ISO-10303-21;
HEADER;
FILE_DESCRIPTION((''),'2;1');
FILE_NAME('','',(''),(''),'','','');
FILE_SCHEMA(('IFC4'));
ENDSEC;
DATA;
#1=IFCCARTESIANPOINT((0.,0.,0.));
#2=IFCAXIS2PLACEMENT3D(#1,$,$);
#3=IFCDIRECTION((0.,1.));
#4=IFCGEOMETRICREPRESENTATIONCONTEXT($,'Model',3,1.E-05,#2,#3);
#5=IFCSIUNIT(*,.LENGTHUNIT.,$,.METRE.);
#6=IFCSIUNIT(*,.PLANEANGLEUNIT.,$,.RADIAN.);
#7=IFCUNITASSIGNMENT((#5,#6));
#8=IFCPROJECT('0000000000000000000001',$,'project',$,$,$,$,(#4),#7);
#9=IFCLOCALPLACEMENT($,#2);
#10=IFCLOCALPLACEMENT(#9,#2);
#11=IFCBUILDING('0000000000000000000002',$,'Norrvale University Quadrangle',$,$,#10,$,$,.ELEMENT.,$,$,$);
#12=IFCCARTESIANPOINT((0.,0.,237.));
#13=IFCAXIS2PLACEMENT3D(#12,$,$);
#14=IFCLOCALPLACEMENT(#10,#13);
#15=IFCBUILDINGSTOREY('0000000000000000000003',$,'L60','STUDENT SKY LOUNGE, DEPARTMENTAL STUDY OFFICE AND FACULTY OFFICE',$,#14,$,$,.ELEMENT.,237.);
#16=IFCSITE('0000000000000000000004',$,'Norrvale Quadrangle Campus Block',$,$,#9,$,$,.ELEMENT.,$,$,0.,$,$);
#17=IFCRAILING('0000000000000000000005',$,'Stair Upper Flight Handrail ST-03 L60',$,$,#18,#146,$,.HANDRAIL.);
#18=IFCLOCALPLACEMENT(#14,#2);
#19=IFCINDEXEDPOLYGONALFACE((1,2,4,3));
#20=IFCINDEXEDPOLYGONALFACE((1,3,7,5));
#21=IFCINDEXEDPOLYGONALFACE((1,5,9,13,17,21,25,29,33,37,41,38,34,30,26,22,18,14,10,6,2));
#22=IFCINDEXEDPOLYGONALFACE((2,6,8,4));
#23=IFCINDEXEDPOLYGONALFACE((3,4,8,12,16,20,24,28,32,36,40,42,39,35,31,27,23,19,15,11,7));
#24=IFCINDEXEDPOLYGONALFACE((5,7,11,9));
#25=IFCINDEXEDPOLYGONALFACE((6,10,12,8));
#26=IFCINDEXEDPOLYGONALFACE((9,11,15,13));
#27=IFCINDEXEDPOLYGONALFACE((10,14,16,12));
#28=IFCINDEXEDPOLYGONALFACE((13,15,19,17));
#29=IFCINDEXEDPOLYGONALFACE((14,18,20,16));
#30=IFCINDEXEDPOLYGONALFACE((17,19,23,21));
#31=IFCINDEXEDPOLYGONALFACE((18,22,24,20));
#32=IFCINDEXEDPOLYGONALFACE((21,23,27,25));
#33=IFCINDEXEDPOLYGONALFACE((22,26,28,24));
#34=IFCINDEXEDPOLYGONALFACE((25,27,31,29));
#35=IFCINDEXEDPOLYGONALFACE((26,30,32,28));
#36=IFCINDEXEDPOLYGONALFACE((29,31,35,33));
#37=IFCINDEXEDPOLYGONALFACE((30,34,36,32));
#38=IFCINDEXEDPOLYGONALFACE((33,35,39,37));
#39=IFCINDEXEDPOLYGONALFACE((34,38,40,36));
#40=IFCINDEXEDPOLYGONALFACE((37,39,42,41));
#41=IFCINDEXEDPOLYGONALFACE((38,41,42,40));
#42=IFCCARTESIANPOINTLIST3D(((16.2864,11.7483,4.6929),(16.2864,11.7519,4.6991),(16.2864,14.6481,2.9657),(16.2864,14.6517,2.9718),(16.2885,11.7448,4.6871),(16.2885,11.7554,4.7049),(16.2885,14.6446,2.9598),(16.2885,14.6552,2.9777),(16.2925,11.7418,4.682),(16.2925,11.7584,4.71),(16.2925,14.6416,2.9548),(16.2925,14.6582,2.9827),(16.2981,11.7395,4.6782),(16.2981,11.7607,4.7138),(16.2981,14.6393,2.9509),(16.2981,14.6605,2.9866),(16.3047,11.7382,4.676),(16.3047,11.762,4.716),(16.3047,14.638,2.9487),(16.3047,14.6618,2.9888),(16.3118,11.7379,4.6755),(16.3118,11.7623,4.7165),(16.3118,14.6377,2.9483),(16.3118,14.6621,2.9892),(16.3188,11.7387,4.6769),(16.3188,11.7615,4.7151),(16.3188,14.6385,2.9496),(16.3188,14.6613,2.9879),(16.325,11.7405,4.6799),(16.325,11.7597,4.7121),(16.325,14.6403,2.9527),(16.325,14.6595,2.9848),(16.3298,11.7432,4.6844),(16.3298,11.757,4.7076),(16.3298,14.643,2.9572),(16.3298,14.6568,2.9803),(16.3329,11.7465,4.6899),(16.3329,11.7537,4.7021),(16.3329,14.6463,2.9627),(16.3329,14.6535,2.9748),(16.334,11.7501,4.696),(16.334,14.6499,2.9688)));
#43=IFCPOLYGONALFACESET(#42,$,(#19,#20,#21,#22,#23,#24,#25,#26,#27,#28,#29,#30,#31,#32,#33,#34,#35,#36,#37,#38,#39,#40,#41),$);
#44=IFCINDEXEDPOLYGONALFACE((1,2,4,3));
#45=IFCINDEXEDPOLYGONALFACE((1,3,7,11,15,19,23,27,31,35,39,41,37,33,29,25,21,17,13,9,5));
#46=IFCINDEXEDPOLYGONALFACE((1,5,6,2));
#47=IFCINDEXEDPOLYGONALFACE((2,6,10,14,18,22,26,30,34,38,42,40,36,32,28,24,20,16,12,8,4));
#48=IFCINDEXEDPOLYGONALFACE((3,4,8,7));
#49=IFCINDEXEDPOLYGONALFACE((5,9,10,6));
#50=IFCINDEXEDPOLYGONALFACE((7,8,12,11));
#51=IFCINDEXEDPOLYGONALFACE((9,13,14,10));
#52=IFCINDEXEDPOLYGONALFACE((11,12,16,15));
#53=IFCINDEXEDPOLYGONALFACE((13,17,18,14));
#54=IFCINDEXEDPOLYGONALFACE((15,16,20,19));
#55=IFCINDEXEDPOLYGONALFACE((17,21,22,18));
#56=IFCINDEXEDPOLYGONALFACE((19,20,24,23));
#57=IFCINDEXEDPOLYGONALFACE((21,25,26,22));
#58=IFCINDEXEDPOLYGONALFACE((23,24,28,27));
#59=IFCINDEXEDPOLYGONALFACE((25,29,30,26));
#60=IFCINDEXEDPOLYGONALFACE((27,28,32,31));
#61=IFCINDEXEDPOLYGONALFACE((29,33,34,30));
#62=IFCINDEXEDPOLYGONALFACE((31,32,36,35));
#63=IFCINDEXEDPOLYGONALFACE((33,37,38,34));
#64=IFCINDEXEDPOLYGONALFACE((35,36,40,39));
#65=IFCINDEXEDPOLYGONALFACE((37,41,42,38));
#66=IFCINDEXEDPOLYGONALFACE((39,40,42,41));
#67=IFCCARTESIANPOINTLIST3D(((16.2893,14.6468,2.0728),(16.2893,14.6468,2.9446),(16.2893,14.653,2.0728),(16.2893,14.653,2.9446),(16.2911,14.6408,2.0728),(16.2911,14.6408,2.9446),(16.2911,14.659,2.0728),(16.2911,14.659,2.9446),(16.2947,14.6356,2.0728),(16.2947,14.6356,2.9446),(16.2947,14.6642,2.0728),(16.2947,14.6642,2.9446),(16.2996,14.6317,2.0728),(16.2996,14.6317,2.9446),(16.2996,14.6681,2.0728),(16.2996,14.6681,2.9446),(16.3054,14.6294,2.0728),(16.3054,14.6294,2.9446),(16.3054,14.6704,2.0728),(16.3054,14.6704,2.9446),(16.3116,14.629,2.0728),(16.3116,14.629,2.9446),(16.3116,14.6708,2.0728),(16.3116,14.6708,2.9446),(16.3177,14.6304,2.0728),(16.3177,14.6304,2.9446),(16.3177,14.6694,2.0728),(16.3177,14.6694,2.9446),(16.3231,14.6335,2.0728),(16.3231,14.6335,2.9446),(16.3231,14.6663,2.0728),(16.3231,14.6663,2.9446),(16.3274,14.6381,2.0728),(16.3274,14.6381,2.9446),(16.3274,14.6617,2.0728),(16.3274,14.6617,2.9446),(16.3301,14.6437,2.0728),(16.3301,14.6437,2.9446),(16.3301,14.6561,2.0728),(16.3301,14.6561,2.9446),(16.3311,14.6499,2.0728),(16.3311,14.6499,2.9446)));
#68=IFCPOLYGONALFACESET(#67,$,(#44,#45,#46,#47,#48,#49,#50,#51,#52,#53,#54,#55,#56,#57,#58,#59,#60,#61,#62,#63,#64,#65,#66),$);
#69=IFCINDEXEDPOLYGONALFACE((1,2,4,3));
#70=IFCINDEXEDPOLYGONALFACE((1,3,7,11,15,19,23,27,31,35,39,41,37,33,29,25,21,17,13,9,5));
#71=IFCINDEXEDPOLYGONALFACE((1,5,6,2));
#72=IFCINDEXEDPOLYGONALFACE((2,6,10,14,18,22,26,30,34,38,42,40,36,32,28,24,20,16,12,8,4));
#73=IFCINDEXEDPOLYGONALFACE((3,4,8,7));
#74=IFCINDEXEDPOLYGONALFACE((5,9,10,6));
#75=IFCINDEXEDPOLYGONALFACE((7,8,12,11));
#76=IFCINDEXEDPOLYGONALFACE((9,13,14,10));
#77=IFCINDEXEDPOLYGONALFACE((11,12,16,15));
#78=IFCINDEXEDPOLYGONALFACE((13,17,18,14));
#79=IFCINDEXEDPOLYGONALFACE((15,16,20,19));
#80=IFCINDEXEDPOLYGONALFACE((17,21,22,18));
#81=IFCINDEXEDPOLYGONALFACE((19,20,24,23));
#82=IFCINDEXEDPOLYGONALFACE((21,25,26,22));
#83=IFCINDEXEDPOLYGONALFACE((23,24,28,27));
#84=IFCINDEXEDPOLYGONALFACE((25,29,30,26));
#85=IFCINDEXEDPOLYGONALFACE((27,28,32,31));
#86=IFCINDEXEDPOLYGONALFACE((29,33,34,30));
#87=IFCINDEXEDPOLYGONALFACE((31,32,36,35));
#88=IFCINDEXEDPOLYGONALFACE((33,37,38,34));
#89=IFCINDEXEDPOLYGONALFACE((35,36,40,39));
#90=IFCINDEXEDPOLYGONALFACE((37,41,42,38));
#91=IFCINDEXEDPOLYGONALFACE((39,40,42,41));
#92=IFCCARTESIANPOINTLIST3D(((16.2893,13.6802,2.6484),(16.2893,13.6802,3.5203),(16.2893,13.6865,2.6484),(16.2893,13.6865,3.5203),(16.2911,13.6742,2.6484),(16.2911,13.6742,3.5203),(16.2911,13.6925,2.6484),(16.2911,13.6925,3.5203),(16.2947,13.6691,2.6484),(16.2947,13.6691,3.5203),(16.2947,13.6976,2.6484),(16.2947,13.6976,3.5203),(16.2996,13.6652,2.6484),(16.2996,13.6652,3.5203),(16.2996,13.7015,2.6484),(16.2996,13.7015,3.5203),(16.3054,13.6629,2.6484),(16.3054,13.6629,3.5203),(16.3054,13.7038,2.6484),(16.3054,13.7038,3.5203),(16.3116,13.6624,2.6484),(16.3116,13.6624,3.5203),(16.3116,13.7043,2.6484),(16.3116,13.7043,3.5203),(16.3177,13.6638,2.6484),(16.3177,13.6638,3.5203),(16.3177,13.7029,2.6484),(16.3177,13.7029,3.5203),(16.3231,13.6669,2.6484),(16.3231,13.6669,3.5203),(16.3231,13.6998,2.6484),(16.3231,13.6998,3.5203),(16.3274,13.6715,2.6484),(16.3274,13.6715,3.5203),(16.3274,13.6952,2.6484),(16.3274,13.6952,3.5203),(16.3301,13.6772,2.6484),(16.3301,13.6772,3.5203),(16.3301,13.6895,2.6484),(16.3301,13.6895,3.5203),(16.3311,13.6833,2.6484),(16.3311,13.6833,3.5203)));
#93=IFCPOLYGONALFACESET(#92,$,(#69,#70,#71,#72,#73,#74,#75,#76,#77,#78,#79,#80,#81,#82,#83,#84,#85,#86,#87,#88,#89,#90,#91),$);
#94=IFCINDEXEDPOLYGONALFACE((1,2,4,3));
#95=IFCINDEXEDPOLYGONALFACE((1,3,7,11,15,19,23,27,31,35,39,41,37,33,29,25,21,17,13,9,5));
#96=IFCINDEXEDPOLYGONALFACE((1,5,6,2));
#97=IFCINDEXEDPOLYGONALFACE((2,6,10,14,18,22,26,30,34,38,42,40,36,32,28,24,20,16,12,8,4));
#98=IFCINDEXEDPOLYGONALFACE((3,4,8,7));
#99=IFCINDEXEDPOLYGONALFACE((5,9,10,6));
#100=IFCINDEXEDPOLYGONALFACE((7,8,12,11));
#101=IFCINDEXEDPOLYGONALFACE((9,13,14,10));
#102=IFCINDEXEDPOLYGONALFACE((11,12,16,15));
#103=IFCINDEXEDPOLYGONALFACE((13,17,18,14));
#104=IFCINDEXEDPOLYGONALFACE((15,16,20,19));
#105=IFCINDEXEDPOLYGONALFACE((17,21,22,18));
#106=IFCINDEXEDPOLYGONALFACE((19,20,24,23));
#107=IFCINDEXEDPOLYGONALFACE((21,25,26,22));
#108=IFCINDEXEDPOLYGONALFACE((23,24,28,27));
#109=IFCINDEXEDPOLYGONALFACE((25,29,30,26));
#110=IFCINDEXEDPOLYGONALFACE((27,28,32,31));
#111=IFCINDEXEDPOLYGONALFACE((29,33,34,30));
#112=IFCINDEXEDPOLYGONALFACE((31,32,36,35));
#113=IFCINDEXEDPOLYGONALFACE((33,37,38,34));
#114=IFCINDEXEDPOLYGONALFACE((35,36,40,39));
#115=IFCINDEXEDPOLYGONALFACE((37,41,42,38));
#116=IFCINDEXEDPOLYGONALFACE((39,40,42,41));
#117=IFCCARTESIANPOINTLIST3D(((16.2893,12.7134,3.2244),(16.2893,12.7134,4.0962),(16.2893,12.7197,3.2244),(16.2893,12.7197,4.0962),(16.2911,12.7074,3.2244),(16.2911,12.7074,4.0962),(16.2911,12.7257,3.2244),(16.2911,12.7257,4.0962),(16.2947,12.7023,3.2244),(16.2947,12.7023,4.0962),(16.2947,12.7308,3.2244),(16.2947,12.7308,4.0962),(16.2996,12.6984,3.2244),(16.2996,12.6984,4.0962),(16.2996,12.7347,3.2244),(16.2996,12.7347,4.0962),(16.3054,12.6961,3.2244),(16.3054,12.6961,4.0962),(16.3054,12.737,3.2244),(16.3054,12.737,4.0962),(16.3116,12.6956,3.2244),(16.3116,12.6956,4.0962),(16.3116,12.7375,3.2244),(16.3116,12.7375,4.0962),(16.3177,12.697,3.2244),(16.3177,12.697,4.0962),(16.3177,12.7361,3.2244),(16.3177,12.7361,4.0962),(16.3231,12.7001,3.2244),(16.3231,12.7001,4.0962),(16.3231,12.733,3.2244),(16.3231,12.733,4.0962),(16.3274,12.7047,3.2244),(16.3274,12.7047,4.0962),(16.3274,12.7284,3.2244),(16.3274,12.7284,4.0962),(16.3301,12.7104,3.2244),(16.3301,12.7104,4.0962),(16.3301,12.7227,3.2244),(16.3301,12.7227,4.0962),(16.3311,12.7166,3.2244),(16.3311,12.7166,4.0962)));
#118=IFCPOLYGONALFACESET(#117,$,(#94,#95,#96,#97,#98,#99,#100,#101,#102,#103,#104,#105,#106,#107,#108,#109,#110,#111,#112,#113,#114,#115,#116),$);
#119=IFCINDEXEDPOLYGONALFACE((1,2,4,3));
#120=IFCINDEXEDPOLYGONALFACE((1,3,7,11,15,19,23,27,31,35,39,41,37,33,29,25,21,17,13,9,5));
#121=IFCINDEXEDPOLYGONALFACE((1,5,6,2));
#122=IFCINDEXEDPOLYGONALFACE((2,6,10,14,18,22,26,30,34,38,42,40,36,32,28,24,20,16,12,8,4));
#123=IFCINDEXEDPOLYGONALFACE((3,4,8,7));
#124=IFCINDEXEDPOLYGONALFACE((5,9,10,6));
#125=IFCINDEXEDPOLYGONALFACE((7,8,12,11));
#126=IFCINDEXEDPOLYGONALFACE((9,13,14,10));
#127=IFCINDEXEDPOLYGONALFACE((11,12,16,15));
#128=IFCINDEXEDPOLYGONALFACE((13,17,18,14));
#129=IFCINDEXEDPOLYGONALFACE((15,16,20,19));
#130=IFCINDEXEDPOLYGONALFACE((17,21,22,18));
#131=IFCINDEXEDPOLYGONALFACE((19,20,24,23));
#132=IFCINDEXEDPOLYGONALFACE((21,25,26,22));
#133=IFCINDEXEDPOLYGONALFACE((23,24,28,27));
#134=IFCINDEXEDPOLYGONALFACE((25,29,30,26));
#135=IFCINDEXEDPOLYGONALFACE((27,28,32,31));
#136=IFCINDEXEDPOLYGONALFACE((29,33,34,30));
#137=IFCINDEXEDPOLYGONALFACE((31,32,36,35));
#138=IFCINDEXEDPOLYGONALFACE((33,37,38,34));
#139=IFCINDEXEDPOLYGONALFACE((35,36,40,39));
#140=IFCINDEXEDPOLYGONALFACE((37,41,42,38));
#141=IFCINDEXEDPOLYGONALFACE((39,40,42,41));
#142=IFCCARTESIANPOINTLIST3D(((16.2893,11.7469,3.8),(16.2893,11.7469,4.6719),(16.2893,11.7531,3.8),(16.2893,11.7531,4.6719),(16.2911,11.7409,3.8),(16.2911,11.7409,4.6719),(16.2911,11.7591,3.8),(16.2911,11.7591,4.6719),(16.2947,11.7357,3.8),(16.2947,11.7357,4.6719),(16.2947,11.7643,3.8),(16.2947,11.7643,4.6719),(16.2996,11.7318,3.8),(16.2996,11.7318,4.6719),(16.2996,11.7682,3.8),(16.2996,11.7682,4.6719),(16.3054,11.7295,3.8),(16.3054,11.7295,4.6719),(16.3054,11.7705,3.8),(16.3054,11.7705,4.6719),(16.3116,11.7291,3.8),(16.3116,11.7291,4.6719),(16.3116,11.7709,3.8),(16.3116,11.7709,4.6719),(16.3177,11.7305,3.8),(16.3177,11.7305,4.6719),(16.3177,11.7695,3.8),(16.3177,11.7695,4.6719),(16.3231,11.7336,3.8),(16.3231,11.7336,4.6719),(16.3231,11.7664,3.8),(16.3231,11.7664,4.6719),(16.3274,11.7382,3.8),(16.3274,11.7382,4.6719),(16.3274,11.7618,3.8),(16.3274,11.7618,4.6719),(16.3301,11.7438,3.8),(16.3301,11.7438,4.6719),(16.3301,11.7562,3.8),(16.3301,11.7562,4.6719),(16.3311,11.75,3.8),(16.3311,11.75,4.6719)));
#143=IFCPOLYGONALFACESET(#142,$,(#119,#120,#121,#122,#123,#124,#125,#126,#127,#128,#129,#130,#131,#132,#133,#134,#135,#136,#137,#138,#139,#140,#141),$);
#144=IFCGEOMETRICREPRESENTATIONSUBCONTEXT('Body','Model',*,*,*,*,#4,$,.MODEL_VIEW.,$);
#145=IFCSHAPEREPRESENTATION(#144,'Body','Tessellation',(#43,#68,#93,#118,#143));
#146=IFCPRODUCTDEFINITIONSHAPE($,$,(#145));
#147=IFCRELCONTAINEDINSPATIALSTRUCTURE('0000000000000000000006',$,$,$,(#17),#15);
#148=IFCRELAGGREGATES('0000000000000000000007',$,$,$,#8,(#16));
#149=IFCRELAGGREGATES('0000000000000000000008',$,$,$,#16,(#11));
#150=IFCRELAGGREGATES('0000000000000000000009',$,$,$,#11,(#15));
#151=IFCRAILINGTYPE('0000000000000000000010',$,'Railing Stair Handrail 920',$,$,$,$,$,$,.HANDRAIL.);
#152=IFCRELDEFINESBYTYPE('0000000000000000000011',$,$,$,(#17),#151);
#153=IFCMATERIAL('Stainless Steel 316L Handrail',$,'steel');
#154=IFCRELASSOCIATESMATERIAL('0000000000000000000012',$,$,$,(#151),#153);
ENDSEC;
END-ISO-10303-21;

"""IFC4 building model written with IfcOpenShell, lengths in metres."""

from ifc_helpers import new_model, si_unit, direction, frame, origin, origin_2d, place, context, subcontext, project, spatial, circle, extrude, material, type_object, element, save


model = new_model("IFC4")

# Units and contexts
model_context = context("Model", 3, precision=1e-05, world=origin(), true_north=direction((0.0, 1.0)))
body_context = subcontext(model_context, "Body", "Model", "MODEL_VIEW")
ifc_project = project(units=[si_unit("LENGTHUNIT", "METRE"), si_unit("PLANEANGLEUNIT", "RADIAN")], contexts=[model_context])

# Site, building, storey
site_placement = place(None, origin())
site = spatial("IfcSite", under=ifc_project, at=site_placement, Name="Norrvale Quadrangle Campus Block", CompositionType="ELEMENT", RefElevation=0.0)
building_placement = place(site_placement, origin())
building = spatial("IfcBuilding", under=site, at=building_placement, Name="Norrvale University Quadrangle", CompositionType="ELEMENT")
storey_placement = place(building_placement, frame((0.0, 0.0, 237.0)))
storey = spatial("IfcBuildingStorey", under=building, at=storey_placement, Name="L60", Description="STUDENT SKY LOUNGE, DEPARTMENTAL STUDY OFFICE AND FACULTY OFFICE", CompositionType="ELEMENT", Elevation=237.0)

# Railing
ifc_material_1 = material(Name="Stainless Steel 316L Handrail", Category="steel")
railing_type_1 = type_object("IfcRailingType", Name="Railing Stair Handrail 920", PredefinedType="HANDRAIL", material=ifc_material_1)
railing_1_placement = place(storey_placement, frame((16.3101, 14.6499, 2.0728)))
element("IfcRailing", 1, at=railing_1_placement, inside=storey, type_object=railing_type_1, Name="Stair Upper Flight Handrail ST-03 L60", PredefinedType="HANDRAIL", context=body_context, shape_type="SweptSolid", body=[
    extrude(circle(Radius=0.0239, at=origin_2d()), frame((0.0, 0.0, 0.896), z_axis=(0.0, -0.859141, 0.511738), x_axis=(1.0, 0.0, 0.0)), (0.0, 0.0, 1.0), 3.3752),
    extrude(circle(Radius=0.021, at=origin_2d()), origin(), (0.0, 0.0, 1.0), 0.8718),
    extrude(circle(Radius=0.021, at=origin_2d()), frame((0.0, -0.9666, 0.5757)), (0.0, 0.0, 1.0), 0.8718),
    extrude(circle(Radius=0.021, at=origin_2d()), frame((0.0, -1.9333, 1.1516)), (0.0, 0.0, 1.0), 0.8718),
    extrude(circle(Radius=0.021, at=origin_2d()), frame((0.0, -2.8999, 1.7273)), (0.0, 0.0, 1.0), 0.8718),
])

save(model, "model.ifc")
